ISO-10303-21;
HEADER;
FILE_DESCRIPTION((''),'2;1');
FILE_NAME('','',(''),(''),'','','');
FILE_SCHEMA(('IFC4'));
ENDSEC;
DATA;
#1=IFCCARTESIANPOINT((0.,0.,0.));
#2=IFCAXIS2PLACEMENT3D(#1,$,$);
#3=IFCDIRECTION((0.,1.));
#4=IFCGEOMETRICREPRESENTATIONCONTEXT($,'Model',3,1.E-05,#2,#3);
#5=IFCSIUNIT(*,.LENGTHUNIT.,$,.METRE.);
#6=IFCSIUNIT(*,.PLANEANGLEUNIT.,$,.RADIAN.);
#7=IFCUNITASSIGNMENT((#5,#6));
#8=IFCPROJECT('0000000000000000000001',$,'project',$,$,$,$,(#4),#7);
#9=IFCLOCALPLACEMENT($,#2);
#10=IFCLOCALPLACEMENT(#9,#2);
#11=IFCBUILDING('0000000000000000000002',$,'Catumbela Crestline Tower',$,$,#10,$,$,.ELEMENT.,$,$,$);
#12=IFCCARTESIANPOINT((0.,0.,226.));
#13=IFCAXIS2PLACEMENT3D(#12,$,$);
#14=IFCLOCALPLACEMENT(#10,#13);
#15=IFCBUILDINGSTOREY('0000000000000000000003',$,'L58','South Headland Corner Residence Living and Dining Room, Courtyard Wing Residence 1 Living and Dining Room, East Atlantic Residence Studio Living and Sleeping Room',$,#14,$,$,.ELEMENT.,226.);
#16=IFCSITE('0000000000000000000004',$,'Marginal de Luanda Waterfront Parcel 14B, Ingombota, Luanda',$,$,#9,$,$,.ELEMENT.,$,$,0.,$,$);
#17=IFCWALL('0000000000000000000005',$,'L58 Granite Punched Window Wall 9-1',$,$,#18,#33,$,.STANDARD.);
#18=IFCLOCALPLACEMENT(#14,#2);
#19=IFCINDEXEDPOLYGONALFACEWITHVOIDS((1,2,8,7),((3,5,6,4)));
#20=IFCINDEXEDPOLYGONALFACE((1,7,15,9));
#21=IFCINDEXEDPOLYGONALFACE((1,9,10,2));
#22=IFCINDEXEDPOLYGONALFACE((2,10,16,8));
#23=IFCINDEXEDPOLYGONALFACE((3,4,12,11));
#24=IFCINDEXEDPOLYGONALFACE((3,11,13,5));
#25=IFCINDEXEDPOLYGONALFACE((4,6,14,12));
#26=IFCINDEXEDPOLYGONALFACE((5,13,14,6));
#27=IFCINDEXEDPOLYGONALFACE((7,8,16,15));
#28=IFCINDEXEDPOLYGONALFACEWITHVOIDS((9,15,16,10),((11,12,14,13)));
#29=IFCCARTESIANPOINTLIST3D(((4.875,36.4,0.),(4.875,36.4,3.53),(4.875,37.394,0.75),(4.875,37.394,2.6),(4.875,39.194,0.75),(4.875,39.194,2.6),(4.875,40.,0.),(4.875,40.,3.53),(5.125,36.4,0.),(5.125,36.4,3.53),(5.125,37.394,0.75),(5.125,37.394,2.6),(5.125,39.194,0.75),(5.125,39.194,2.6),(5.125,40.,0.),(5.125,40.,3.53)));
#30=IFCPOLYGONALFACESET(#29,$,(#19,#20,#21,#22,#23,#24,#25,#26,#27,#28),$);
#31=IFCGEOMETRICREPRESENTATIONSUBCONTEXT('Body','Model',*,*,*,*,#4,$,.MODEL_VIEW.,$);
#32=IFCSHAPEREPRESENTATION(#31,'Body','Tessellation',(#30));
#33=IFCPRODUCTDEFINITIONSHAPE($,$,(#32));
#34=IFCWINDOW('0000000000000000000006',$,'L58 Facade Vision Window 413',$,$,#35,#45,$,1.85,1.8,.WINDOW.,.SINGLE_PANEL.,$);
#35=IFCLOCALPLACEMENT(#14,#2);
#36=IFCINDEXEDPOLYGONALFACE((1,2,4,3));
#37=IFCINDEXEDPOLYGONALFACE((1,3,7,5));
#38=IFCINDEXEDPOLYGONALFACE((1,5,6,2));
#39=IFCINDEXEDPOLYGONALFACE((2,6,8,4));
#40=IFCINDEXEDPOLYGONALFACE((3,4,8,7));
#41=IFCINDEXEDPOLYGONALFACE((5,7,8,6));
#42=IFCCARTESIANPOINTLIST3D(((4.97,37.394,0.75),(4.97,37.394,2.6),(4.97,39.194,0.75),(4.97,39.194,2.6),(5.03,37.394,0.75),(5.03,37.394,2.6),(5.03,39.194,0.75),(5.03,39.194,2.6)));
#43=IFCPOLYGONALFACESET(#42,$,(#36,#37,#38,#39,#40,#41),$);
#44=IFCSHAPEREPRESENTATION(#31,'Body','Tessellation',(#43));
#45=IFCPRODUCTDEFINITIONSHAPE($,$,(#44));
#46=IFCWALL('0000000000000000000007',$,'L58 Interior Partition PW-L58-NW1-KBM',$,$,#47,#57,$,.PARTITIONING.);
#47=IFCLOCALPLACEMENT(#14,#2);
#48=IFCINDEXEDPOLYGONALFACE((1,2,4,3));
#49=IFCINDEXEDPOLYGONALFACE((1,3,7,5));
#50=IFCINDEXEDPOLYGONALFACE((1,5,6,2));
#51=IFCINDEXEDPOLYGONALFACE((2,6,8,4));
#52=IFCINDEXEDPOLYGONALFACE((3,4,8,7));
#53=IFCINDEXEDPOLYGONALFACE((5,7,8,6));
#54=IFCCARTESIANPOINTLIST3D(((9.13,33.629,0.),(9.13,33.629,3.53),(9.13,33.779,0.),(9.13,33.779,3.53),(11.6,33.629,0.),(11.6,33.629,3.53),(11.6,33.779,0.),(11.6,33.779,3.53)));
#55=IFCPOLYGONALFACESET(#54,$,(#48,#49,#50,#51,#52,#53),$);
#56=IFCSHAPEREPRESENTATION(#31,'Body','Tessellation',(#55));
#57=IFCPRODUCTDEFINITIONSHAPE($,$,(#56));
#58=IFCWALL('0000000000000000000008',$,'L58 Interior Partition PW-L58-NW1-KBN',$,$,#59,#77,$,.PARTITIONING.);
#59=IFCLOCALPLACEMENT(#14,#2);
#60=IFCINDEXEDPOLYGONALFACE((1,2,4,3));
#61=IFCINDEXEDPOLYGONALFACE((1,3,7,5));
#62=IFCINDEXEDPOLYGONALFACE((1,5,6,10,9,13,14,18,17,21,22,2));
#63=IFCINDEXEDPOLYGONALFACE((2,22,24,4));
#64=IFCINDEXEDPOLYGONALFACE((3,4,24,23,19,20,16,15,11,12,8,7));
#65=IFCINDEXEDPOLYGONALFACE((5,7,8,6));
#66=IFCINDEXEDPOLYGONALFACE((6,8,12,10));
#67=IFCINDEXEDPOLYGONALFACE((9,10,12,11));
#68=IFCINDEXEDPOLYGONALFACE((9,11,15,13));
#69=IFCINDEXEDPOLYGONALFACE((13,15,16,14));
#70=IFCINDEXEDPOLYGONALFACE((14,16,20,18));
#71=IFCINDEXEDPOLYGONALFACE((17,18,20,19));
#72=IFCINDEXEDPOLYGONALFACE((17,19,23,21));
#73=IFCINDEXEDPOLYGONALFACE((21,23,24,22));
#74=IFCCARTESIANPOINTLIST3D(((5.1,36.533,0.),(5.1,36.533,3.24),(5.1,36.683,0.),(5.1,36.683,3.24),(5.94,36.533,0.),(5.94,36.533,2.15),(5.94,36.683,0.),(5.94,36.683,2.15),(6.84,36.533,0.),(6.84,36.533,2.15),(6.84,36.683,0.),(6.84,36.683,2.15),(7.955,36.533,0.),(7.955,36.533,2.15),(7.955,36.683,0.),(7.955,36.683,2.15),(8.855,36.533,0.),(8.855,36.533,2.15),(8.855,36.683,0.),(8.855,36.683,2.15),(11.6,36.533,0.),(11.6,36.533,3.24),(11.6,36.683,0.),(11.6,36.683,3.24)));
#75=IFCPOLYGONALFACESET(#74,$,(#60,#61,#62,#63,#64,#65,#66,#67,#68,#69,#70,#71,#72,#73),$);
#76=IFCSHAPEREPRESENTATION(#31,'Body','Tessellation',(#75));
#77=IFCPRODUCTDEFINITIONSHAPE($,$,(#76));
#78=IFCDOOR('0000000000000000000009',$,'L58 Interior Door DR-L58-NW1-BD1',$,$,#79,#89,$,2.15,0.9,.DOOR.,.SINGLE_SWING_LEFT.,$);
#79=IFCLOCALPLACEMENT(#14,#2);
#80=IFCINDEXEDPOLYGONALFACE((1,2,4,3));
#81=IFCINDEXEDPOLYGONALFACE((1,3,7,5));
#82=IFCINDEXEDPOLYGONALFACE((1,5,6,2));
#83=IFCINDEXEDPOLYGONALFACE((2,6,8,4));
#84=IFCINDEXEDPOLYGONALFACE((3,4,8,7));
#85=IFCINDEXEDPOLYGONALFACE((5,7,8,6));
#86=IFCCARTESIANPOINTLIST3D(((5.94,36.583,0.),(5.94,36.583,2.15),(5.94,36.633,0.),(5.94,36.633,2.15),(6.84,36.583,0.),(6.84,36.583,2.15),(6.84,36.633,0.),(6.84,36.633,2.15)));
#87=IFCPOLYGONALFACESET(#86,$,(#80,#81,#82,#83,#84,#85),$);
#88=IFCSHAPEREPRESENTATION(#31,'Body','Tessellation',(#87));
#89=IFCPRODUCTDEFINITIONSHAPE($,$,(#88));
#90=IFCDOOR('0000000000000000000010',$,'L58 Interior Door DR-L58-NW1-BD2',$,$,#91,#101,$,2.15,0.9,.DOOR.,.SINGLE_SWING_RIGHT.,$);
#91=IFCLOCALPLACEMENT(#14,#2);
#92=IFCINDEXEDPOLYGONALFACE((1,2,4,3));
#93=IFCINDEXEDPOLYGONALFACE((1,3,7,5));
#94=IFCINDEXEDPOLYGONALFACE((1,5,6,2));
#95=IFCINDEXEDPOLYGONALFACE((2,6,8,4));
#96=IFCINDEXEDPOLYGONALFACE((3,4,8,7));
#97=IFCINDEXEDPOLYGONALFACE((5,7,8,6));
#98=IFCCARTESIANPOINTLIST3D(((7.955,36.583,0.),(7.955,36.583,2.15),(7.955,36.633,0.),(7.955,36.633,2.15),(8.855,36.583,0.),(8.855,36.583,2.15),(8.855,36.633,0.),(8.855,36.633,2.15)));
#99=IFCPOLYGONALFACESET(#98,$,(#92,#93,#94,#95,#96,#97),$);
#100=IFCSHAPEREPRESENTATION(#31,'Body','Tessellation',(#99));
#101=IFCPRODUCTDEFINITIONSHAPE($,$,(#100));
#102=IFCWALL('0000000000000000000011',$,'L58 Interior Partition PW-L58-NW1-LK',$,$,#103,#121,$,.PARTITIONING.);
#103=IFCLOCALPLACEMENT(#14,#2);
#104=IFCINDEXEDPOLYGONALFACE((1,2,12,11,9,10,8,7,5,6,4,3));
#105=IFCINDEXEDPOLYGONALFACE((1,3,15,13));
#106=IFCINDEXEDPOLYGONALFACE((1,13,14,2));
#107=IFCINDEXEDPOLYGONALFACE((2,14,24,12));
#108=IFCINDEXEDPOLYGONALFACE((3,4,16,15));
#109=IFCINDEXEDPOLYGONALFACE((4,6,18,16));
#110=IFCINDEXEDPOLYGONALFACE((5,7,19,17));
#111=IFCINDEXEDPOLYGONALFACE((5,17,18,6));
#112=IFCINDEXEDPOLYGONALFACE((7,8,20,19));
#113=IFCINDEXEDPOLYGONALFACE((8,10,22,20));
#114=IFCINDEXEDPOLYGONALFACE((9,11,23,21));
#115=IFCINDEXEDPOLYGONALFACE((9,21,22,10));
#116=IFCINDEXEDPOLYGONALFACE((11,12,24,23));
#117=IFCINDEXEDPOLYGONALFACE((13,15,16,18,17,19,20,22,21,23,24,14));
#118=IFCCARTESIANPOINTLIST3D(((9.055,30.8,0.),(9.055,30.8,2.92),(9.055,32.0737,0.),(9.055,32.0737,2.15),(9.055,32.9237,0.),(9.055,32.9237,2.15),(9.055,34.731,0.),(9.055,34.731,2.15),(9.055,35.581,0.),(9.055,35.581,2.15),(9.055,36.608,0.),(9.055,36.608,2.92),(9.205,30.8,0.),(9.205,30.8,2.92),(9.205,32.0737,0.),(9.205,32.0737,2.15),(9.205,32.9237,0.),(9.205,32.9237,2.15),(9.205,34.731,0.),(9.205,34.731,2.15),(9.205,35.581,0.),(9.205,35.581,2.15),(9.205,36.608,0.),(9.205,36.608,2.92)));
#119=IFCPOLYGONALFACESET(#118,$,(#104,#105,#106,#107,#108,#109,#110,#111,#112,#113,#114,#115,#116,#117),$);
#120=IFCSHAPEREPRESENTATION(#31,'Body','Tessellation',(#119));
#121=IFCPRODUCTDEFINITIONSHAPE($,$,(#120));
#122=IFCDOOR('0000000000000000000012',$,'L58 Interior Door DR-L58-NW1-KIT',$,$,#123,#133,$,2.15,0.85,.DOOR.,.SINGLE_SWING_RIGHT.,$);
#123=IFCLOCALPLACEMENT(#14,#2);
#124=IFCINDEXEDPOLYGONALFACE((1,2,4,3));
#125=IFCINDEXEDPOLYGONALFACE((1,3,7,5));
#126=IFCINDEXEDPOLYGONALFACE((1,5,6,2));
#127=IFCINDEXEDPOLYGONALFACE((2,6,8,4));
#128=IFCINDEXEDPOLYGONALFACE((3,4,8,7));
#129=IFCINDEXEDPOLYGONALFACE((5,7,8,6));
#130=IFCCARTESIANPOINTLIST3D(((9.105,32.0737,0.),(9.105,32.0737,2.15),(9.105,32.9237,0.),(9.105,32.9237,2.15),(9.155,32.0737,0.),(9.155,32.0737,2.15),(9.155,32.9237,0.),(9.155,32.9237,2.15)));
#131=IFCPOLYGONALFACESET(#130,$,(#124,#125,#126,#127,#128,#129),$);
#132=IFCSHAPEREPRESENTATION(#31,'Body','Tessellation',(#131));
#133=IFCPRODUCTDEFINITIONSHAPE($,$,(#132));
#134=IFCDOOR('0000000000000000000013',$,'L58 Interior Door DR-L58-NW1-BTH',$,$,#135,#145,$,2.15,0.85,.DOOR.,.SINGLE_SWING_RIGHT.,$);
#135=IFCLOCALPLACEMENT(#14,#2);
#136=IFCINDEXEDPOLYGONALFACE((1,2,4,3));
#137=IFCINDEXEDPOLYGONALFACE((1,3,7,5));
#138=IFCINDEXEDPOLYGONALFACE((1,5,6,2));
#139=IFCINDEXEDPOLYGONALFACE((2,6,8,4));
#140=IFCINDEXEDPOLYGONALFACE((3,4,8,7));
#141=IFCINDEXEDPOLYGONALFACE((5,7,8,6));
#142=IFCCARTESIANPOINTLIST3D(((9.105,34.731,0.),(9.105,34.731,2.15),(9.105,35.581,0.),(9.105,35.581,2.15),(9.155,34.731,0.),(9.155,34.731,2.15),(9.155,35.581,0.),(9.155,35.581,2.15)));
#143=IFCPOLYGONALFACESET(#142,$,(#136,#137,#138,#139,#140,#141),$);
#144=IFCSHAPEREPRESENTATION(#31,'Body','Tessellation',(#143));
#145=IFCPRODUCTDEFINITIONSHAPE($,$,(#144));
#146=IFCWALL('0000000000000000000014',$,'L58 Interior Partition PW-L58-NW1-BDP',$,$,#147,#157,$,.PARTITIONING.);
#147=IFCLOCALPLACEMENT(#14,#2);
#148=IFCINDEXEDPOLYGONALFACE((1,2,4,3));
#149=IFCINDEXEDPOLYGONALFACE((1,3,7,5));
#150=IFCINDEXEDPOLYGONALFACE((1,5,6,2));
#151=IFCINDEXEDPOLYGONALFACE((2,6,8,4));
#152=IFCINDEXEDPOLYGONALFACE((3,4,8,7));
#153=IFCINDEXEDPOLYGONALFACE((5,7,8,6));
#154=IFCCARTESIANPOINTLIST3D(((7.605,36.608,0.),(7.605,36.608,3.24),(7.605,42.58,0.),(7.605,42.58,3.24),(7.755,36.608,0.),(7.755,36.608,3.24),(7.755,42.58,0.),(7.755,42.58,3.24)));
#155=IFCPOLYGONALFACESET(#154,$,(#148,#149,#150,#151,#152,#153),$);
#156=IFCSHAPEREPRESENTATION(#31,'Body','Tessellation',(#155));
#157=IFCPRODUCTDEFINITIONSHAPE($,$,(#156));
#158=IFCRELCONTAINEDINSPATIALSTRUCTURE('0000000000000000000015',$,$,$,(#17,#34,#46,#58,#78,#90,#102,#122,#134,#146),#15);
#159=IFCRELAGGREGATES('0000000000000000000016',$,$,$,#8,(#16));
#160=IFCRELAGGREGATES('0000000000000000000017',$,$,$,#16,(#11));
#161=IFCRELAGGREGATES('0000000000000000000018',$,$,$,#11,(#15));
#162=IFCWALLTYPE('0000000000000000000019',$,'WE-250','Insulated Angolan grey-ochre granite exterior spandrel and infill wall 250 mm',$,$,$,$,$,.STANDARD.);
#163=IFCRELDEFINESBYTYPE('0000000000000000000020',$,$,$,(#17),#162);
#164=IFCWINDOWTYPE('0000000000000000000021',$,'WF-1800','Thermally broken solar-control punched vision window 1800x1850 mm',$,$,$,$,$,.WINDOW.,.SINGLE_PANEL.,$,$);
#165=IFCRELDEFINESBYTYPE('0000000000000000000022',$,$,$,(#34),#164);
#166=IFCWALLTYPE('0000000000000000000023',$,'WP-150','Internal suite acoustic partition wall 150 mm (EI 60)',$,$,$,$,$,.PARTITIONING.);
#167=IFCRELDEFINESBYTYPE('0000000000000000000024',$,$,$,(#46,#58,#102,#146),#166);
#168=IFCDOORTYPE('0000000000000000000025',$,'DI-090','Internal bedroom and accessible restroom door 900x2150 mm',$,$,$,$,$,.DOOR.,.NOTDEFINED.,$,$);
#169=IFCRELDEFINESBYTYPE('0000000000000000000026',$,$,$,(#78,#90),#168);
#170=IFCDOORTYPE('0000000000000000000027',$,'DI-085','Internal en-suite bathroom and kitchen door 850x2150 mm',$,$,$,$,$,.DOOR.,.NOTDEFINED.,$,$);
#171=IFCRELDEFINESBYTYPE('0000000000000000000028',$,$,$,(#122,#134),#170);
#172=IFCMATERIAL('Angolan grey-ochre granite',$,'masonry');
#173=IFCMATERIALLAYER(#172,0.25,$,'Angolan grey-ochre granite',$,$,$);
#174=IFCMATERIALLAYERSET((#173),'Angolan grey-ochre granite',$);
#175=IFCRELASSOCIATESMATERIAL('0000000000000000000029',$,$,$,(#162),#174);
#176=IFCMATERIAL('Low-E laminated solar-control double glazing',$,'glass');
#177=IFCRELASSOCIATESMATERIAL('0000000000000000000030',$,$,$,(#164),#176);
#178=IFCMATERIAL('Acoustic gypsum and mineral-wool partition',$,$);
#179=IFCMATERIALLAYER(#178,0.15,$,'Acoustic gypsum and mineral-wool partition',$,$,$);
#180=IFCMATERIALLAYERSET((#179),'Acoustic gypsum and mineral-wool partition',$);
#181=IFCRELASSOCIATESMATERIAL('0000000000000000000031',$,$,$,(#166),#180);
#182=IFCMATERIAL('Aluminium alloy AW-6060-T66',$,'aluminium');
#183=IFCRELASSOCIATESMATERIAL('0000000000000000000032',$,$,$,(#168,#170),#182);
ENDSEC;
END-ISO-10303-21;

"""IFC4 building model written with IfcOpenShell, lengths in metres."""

from ifc_helpers import new_model, si_unit, direction, frame, frame_2d, origin, place, context, subcontext, project, spatial, rectangle, extrude, material, layer, layer_set, type_object, element, fill, save


model = new_model("IFC4")

# Units and contexts
model_context = context("Model", 3, precision=1e-05, world=origin(), true_north=direction((0.0, 1.0)))
body_context = subcontext(model_context, "Body", "Model", "MODEL_VIEW")
ifc_project = project(units=[si_unit("LENGTHUNIT", "METRE"), si_unit("PLANEANGLEUNIT", "RADIAN")], contexts=[model_context])

# Site, building, storey
site_placement = place(None, origin())
site = spatial("IfcSite", under=ifc_project, at=site_placement, Name="Marginal de Luanda Waterfront Parcel 14B, Ingombota, Luanda", CompositionType="ELEMENT", RefElevation=0.0)
building_placement = place(site_placement, origin())
building = spatial("IfcBuilding", under=site, at=building_placement, Name="Catumbela Crestline Tower", CompositionType="ELEMENT")
storey_placement = place(building_placement, frame((0.0, 0.0, 226.0)))
storey = spatial("IfcBuildingStorey", under=building, at=storey_placement, Name="L58", Description="South Headland Corner Residence Living and Dining Room, Courtyard Wing Residence 1 Living and Dining Room, East Atlantic Residence Studio Living and Sleeping Room", CompositionType="ELEMENT", Elevation=226.0)

# Shared definitions
ifc_material_1 = material(Name="Aluminium alloy AW-6060-T66", Category="aluminium")

# Shared definitions
ifc_material_2 = material(Name="Low-E laminated solar-control double glazing", Category="glass")

# Shared definitions
ifc_material_3 = material(Name="Angolan grey-ochre granite", Category="masonry")
ifc_layer_1 = layer(ifc_material_3, 0.25, Name="Angolan grey-ochre granite")
ifc_layer_set_1 = layer_set([ifc_layer_1], Name="Angolan grey-ochre granite")
wall_type_1 = type_object("IfcWallType", Name="WE-250", Description="Insulated Angolan grey-ochre granite exterior spandrel and infill wall 250 mm", PredefinedType="STANDARD", material=ifc_layer_set_1)

# Wall, opening, window
wall_1_placement = place(storey_placement, frame((5.0, 40.0, 0.0), z_axis=(0.0, 0.0, 1.0), x_axis=(0.0, -1.0, 0.0)))
wall_1 = element("IfcWall", 1, at=wall_1_placement, inside=storey, type_object=wall_type_1, Name="L58 Granite Punched Window Wall 9-1", PredefinedType="STANDARD", context=body_context, shape_type="SweptSolid", body=[
    extrude(rectangle(XDim=3.6, YDim=0.25, at=frame_2d((1.8, 0.0))), origin(), (0.0, 0.0, 1.0), 3.53),
])
opening_1_placement = place(wall_1_placement, frame((0.806, 0.0, 0.75)))
opening_1 = element("IfcOpeningElement", 2, at=opening_1_placement, cuts=wall_1, PredefinedType="OPENING", context=body_context, shape_type="SweptSolid", body=[
    extrude(rectangle(XDim=1.8, YDim=1.85, at=frame_2d((0.9, 0.925))), frame((0.0, 0.135, 0.0), z_axis=(0.0, -1.0, 0.0), x_axis=(1.0, 0.0, 0.0)), (0.0, 0.0, 1.0), 0.27),
])
window_type_1 = type_object("IfcWindowType", Name="WF-1800", Description="Thermally broken solar-control punched vision window 1800x1850 mm", PartitioningType="SINGLE_PANEL", PredefinedType="WINDOW", material=ifc_material_2)
window_1_placement = place(opening_1_placement, origin())
window_1 = element("IfcWindow", 3, at=window_1_placement, inside=storey, type_object=window_type_1, Name="L58 Facade Vision Window 413", OverallHeight=1.85, OverallWidth=1.8, PartitioningType="SINGLE_PANEL", PredefinedType="WINDOW", context=body_context, shape_type="SweptSolid", body=[
    extrude(rectangle(XDim=1.8, YDim=1.85, at=frame_2d((0.9, 0.925))), frame((0.0, 0.03, 0.0), z_axis=(0.0, -1.0, 0.0), x_axis=(1.0, 0.0, 0.0)), (0.0, 0.0, 1.0), 0.06),
])
fill(opening_1, window_1)

# Wall
ifc_material_4 = material(Name="Acoustic gypsum and mineral-wool partition")
ifc_layer_2 = layer(ifc_material_4, 0.15, Name="Acoustic gypsum and mineral-wool partition")
ifc_layer_set_2 = layer_set([ifc_layer_2], Name="Acoustic gypsum and mineral-wool partition")
wall_type_2 = type_object("IfcWallType", Name="WP-150", Description="Internal suite acoustic partition wall 150 mm (EI 60)", PredefinedType="PARTITIONING", material=ifc_layer_set_2)
wall_2_placement = place(storey_placement, frame((9.13, 33.704, 0.0), z_axis=(0.0, 0.0, 1.0), x_axis=(1.0, 0.0, 0.0)))
element("IfcWall", 4, at=wall_2_placement, inside=storey, type_object=wall_type_2, Name="L58 Interior Partition PW-L58-NW1-KBM", PredefinedType="PARTITIONING", context=body_context, shape_type="SweptSolid", body=[
    extrude(rectangle(XDim=2.47, YDim=0.15, at=frame_2d((1.235, 0.0))), origin(), (0.0, 0.0, 1.0), 3.53),
])

# Walls, openings, doors
wall_3_placement = place(storey_placement, frame((5.1, 36.608, 0.0), z_axis=(0.0, 0.0, 1.0), x_axis=(1.0, 0.0, 0.0)))
wall_3 = element("IfcWall", 5, at=wall_3_placement, inside=storey, type_object=wall_type_2, Name="L58 Interior Partition PW-L58-NW1-KBN", PredefinedType="PARTITIONING", context=body_context, shape_type="SweptSolid", body=[
    extrude(rectangle(XDim=6.5, YDim=0.15, at=frame_2d((3.25, 0.0))), origin(), (0.0, 0.0, 1.0), 3.24),
])
opening_2_placement = place(wall_3_placement, frame((0.84, 0.0, 0.0)))
opening_2 = element("IfcOpeningElement", 6, at=opening_2_placement, cuts=wall_3, PredefinedType="OPENING", context=body_context, shape_type="SweptSolid", body=[
    extrude(rectangle(XDim=0.9, YDim=2.15, at=frame_2d((0.45, 1.075))), frame((0.0, 0.085, 0.0), z_axis=(0.0, -1.0, 0.0), x_axis=(1.0, 0.0, 0.0)), (0.0, 0.0, 1.0), 0.17),
])
opening_3_placement = place(wall_3_placement, frame((2.855, 0.0, 0.0)))
opening_3 = element("IfcOpeningElement", 7, at=opening_3_placement, cuts=wall_3, PredefinedType="OPENING", context=body_context, shape_type="SweptSolid", body=[
    extrude(rectangle(XDim=0.9, YDim=2.15, at=frame_2d((0.45, 1.075))), frame((0.0, 0.085, 0.0), z_axis=(0.0, -1.0, 0.0), x_axis=(1.0, 0.0, 0.0)), (0.0, 0.0, 1.0), 0.17),
])
door_type_1 = type_object("IfcDoorType", Name="DI-090", Description="Internal bedroom and accessible restroom door 900x2150 mm", OperationType="NOTDEFINED", PredefinedType="DOOR", material=ifc_material_1)
door_1_placement = place(opening_2_placement, origin())
door_1 = element("IfcDoor", 8, at=door_1_placement, inside=storey, type_object=door_type_1, Name="L58 Interior Door DR-L58-NW1-BD1", OperationType="SINGLE_SWING_LEFT", OverallHeight=2.15, OverallWidth=0.9, PredefinedType="DOOR", context=body_context, shape_type="SweptSolid", body=[
    extrude(rectangle(XDim=0.9, YDim=2.15, at=frame_2d((0.45, 1.075))), frame((0.0, 0.025, 0.0), z_axis=(0.0, -1.0, 0.0), x_axis=(1.0, 0.0, 0.0)), (0.0, 0.0, 1.0), 0.05),
])
fill(opening_2, door_1)
door_2_placement = place(opening_3_placement, origin())
door_2 = element("IfcDoor", 9, at=door_2_placement, inside=storey, type_object=door_type_1, Name="L58 Interior Door DR-L58-NW1-BD2", OperationType="SINGLE_SWING_RIGHT", OverallHeight=2.15, OverallWidth=0.9, PredefinedType="DOOR", context=body_context, shape_type="SweptSolid", body=[
    extrude(rectangle(XDim=0.9, YDim=2.15, at=frame_2d((0.45, 1.075))), frame((0.0, 0.025, 0.0), z_axis=(0.0, -1.0, 0.0), x_axis=(1.0, 0.0, 0.0)), (0.0, 0.0, 1.0), 0.05),
])
fill(opening_3, door_2)
wall_4_placement = place(storey_placement, frame((9.13, 30.8, 0.0), z_axis=(0.0, 0.0, 1.0), x_axis=(0.0, 1.0, 0.0)))
wall_4 = element("IfcWall", 10, at=wall_4_placement, inside=storey, type_object=wall_type_2, Name="L58 Interior Partition PW-L58-NW1-LK", PredefinedType="PARTITIONING", context=body_context, shape_type="SweptSolid", body=[
    extrude(rectangle(XDim=5.808, YDim=0.15, at=frame_2d((2.904, 0.0))), origin(), (0.0, 0.0, 1.0), 2.92),
])
opening_4_placement = place(wall_4_placement, frame((1.2737, 0.0, 0.0)))
opening_4 = element("IfcOpeningElement", 11, at=opening_4_placement, cuts=wall_4, PredefinedType="OPENING", context=body_context, shape_type="SweptSolid", body=[
    extrude(rectangle(XDim=0.85, YDim=2.15, at=frame_2d((0.425, 1.075))), frame((0.0, 0.085, 0.0), z_axis=(0.0, -1.0, 0.0), x_axis=(1.0, 0.0, 0.0)), (0.0, 0.0, 1.0), 0.17),
])
opening_5_placement = place(wall_4_placement, frame((3.931, 0.0, 0.0)))
opening_5 = element("IfcOpeningElement", 12, at=opening_5_placement, cuts=wall_4, PredefinedType="OPENING", context=body_context, shape_type="SweptSolid", body=[
    extrude(rectangle(XDim=0.85, YDim=2.15, at=frame_2d((0.425, 1.075))), frame((0.0, 0.085, 0.0), z_axis=(0.0, -1.0, 0.0), x_axis=(1.0, 0.0, 0.0)), (0.0, 0.0, 1.0), 0.17),
])
door_type_2 = type_object("IfcDoorType", Name="DI-085", Description="Internal en-suite bathroom and kitchen door 850x2150 mm", OperationType="NOTDEFINED", PredefinedType="DOOR", material=ifc_material_1)
door_3_placement = place(opening_4_placement, origin())
door_3 = element("IfcDoor", 13, at=door_3_placement, inside=storey, type_object=door_type_2, Name="L58 Interior Door DR-L58-NW1-KIT", OperationType="SINGLE_SWING_RIGHT", OverallHeight=2.15, OverallWidth=0.85, PredefinedType="DOOR", context=body_context, shape_type="SweptSolid", body=[
    extrude(rectangle(XDim=0.85, YDim=2.15, at=frame_2d((0.425, 1.075))), frame((0.0, 0.025, 0.0), z_axis=(0.0, -1.0, 0.0), x_axis=(1.0, 0.0, 0.0)), (0.0, 0.0, 1.0), 0.05),
])
fill(opening_4, door_3)
door_4_placement = place(opening_5_placement, origin())
door_4 = element("IfcDoor", 14, at=door_4_placement, inside=storey, type_object=door_type_2, Name="L58 Interior Door DR-L58-NW1-BTH", OperationType="SINGLE_SWING_RIGHT", OverallHeight=2.15, OverallWidth=0.85, PredefinedType="DOOR", context=body_context, shape_type="SweptSolid", body=[
    extrude(rectangle(XDim=0.85, YDim=2.15, at=frame_2d((0.425, 1.075))), frame((0.0, 0.025, 0.0), z_axis=(0.0, -1.0, 0.0), x_axis=(1.0, 0.0, 0.0)), (0.0, 0.0, 1.0), 0.05),
])
fill(opening_5, door_4)

# Wall
wall_5_placement = place(storey_placement, frame((7.68, 36.608, 0.0), z_axis=(0.0, 0.0, 1.0), x_axis=(0.0, 1.0, 0.0)))
element("IfcWall", 15, at=wall_5_placement, inside=storey, type_object=wall_type_2, Name="L58 Interior Partition PW-L58-NW1-BDP", PredefinedType="PARTITIONING", context=body_context, shape_type="SweptSolid", body=[
    extrude(rectangle(XDim=5.972, YDim=0.15, at=frame_2d((2.986, 0.0))), origin(), (0.0, 0.0, 1.0), 3.24),
])

save(model, "model.ifc")
